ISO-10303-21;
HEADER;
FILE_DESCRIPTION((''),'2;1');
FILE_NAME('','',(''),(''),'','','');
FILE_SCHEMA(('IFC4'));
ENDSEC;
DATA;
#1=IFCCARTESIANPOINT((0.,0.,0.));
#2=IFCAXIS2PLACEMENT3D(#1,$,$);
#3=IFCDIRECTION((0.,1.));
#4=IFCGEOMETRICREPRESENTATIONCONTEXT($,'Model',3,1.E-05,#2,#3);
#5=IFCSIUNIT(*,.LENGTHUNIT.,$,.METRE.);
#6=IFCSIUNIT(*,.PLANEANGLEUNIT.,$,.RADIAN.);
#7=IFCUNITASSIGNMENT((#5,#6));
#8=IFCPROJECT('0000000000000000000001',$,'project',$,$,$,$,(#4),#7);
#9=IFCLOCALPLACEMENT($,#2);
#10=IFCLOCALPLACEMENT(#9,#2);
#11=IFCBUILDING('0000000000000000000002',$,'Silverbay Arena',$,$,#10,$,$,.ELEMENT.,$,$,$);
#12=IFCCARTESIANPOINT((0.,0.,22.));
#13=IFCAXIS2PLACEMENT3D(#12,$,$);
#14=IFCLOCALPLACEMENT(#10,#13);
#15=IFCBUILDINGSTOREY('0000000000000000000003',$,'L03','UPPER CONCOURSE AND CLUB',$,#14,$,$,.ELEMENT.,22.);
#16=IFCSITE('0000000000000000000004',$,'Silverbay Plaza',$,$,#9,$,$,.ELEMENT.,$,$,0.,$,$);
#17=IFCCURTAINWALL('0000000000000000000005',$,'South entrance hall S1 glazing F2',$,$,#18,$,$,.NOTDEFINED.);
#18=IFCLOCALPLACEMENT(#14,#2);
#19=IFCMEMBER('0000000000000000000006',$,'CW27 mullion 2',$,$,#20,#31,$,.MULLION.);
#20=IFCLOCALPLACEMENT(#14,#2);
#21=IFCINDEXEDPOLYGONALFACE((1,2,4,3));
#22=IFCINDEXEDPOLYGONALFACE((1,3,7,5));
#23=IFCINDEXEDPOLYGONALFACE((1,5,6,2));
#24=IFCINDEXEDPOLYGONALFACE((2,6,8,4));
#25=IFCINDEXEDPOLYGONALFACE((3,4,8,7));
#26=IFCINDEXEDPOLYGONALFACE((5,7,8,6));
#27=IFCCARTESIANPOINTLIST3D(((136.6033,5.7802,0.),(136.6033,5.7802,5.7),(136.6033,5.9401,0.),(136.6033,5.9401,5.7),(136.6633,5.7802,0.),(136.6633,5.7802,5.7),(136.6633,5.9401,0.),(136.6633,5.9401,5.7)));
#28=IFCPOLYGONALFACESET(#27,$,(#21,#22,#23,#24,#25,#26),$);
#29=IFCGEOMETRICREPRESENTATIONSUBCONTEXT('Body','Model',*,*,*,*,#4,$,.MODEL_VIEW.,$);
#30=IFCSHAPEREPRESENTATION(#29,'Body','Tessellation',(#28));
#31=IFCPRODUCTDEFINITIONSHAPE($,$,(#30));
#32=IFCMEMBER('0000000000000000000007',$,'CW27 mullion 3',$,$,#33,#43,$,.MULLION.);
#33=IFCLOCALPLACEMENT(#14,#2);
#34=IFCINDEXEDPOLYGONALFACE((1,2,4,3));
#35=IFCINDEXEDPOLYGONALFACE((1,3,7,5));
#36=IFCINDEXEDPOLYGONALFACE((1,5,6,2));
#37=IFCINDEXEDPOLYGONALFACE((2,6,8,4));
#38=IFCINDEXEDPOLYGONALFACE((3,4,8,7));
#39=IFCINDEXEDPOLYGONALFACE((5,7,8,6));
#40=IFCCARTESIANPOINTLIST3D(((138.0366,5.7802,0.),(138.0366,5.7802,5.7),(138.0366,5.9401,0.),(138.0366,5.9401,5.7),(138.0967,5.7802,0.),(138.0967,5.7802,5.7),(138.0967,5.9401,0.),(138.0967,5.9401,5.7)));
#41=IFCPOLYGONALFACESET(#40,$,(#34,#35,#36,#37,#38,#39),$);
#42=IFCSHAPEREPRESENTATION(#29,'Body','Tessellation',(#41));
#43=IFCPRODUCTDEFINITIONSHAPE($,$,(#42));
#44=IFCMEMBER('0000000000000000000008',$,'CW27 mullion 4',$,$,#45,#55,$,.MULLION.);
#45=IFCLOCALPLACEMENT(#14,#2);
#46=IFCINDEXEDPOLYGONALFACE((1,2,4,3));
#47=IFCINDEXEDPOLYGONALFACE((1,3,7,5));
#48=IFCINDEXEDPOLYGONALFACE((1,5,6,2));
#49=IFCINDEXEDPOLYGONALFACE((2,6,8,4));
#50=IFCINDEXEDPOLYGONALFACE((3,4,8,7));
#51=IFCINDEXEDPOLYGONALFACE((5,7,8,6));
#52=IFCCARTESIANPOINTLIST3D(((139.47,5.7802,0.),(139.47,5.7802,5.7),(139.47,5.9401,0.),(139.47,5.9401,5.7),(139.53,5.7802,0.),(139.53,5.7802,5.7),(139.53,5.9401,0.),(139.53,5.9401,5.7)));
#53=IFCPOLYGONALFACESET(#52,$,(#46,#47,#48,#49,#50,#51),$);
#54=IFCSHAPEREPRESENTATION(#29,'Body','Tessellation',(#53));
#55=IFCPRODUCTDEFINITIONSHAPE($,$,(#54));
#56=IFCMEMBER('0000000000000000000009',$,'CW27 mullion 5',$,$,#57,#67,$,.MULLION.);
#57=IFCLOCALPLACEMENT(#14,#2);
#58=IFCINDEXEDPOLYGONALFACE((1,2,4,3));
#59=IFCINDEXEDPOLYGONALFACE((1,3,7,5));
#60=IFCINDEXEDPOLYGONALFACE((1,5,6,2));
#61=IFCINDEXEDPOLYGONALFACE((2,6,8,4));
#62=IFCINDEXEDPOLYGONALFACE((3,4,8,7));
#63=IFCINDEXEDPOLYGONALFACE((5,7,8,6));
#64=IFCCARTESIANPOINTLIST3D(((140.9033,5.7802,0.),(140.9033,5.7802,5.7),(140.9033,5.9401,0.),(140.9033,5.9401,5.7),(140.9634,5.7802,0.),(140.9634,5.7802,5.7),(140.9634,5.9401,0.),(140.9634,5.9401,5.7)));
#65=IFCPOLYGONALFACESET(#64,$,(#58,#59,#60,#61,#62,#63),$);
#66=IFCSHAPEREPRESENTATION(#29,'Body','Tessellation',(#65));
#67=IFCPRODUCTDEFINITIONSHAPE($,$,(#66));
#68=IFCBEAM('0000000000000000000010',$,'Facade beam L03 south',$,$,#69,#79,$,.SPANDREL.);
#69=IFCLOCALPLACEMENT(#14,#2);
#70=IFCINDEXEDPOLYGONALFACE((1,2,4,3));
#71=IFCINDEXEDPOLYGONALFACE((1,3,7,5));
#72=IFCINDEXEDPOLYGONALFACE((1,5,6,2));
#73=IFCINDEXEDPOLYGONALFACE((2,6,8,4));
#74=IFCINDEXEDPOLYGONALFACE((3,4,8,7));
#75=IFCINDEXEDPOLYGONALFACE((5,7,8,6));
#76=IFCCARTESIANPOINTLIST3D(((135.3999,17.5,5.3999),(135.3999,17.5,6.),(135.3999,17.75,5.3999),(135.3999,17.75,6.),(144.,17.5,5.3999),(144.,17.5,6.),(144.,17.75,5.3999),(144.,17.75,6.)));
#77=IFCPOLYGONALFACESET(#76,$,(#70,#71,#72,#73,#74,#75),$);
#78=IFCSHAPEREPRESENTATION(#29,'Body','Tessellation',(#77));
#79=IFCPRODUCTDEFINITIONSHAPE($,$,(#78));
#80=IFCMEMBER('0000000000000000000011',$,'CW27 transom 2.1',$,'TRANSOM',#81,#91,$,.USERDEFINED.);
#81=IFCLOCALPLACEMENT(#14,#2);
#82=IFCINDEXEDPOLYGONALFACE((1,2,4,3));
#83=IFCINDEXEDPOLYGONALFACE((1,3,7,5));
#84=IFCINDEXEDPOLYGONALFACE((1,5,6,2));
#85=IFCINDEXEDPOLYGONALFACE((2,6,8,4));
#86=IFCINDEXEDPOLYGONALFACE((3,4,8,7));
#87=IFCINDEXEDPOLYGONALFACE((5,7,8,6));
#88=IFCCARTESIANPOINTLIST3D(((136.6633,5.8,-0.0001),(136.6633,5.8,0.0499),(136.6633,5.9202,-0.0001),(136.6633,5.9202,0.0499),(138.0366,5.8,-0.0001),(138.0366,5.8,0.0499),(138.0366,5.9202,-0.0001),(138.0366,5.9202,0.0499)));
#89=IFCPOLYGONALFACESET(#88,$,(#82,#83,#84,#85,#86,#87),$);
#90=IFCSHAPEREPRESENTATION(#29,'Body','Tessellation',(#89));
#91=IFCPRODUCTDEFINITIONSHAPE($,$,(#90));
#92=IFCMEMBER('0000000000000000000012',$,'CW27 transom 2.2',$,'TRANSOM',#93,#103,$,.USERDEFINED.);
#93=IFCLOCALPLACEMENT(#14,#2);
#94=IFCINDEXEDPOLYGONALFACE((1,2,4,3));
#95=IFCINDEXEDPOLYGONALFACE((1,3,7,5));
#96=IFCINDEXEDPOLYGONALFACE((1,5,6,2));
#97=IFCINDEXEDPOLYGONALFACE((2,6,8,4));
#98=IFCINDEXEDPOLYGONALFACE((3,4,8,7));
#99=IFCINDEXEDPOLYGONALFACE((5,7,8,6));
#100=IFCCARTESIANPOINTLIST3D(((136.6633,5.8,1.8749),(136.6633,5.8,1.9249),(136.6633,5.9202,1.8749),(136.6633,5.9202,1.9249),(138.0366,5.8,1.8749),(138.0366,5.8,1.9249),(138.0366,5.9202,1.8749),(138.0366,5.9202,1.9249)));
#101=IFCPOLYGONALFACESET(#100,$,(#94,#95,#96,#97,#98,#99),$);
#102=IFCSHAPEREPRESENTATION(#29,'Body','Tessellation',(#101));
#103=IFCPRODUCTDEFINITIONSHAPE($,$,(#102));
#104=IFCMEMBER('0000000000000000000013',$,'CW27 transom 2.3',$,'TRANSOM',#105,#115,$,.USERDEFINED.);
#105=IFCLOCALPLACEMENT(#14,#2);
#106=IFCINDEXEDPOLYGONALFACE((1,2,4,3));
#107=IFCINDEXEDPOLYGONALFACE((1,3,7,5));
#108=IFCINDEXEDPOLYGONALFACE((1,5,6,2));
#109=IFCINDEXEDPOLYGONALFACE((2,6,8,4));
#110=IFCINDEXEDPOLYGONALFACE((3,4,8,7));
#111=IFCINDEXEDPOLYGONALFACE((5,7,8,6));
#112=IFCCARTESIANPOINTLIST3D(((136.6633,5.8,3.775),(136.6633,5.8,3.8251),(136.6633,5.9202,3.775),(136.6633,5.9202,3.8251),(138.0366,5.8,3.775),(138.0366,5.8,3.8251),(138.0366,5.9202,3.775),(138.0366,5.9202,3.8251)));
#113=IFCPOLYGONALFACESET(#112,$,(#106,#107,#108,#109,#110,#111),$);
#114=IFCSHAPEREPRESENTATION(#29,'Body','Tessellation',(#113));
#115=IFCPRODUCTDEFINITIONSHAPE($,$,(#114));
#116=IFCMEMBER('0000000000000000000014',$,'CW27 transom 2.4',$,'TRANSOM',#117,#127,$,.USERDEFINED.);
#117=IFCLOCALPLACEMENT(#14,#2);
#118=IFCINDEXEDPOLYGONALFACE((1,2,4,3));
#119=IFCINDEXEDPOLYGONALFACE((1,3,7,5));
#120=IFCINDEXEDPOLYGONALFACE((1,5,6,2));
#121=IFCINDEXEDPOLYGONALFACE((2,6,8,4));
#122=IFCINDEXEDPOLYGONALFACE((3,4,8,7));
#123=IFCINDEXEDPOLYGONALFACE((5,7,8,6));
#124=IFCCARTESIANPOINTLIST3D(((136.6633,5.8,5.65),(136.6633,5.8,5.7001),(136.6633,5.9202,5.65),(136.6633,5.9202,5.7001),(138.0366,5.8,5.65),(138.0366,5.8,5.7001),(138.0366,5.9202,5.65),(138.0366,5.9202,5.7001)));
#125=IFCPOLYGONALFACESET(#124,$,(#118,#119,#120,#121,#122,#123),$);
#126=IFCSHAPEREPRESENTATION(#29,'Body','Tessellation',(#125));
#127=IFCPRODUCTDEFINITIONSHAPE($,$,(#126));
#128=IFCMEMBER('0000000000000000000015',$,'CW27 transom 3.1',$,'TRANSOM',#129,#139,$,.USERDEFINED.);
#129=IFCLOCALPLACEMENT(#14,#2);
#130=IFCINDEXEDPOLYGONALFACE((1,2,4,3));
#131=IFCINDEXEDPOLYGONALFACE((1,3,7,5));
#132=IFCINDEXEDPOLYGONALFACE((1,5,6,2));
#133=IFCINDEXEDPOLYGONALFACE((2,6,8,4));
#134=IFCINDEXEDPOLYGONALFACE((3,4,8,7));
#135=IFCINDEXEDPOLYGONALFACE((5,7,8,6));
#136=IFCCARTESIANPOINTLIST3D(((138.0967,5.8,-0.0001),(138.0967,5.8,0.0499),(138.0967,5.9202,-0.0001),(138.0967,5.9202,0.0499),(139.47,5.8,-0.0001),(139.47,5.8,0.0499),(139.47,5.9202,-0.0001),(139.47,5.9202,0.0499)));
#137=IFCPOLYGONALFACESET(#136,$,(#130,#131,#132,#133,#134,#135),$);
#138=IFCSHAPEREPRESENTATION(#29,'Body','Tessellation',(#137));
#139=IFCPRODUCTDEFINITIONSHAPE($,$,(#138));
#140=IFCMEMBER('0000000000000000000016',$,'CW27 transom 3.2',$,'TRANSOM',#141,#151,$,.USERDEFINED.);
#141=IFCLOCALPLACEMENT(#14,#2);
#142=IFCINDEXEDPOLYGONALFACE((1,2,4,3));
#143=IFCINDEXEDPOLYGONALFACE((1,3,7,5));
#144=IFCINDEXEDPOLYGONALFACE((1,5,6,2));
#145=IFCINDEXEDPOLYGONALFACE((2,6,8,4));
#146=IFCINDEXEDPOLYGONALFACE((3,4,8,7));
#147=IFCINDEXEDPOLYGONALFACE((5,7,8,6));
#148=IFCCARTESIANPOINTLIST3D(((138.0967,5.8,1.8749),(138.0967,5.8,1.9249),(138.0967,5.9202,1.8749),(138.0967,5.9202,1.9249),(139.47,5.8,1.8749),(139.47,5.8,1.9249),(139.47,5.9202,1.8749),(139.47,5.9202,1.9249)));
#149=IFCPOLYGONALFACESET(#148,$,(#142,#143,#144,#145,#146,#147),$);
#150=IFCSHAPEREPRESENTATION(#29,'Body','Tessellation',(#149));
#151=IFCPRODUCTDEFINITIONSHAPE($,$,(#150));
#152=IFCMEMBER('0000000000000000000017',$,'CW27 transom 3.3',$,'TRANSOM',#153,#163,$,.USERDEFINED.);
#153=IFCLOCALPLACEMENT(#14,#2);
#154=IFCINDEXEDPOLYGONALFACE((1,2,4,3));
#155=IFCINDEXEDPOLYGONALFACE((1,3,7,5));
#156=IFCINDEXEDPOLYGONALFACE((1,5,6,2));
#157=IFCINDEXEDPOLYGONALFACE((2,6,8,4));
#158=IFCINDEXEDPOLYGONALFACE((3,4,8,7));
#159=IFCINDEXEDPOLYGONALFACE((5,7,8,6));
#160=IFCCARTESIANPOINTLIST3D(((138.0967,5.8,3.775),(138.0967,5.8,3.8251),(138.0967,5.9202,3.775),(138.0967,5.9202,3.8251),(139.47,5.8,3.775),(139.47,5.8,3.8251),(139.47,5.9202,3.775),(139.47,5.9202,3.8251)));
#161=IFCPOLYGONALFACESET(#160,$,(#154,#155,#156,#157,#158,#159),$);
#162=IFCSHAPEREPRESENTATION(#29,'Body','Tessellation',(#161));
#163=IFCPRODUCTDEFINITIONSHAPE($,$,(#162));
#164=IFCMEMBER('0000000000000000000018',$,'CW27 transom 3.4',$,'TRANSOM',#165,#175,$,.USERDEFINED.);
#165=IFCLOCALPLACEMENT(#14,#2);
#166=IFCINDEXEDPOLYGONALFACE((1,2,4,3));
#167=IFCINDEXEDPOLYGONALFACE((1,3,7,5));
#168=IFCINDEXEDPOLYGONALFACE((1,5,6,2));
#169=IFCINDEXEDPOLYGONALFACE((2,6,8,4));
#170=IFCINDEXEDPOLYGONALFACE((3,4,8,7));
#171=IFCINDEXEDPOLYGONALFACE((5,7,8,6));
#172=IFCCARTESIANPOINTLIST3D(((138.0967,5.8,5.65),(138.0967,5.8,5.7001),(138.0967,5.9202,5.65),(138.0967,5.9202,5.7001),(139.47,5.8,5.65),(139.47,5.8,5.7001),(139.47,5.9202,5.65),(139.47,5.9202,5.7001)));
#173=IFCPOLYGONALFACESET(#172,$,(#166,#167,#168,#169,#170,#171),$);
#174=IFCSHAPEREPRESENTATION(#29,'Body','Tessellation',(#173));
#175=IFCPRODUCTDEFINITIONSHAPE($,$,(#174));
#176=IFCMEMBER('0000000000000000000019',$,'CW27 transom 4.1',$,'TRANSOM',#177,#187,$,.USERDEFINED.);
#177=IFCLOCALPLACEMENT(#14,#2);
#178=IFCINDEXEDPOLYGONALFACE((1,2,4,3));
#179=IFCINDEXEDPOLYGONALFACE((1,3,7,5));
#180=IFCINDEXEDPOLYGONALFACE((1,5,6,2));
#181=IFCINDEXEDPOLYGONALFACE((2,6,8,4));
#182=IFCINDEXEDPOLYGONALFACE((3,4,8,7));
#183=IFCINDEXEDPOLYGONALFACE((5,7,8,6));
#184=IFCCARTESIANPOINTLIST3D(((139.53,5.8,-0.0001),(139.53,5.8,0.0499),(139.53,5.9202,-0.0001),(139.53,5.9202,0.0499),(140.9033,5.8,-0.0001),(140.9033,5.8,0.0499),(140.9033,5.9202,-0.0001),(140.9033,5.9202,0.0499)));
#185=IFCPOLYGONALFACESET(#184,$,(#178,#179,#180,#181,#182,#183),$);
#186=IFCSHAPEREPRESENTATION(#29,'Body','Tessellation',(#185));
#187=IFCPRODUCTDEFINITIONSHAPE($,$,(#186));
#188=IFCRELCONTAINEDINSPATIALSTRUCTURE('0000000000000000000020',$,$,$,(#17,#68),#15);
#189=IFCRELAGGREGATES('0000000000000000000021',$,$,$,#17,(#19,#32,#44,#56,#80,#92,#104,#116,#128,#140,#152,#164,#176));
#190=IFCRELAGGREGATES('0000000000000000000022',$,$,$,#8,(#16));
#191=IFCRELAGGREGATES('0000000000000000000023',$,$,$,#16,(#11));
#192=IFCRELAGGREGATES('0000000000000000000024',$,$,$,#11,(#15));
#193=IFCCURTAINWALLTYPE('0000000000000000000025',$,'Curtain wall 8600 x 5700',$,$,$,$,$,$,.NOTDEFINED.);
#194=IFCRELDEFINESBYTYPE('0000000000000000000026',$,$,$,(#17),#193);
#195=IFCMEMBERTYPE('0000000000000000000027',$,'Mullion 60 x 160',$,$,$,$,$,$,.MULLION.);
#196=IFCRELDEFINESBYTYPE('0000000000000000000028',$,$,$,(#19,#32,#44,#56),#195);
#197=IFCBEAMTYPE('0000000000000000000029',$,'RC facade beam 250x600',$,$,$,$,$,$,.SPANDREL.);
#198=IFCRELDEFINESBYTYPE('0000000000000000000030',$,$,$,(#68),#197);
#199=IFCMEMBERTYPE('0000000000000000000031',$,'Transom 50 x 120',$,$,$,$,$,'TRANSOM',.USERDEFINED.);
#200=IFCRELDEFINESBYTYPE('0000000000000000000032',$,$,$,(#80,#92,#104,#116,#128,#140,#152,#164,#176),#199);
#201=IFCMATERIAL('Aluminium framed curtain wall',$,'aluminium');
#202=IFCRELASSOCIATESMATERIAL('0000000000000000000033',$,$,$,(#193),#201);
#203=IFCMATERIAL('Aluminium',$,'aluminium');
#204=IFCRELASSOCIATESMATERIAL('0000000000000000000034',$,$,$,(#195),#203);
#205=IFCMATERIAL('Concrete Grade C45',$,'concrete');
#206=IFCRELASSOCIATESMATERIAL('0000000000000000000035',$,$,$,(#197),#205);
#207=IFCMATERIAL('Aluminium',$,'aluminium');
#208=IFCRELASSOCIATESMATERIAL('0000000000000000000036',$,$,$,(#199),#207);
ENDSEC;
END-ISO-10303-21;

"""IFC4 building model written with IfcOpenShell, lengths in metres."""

from ifc_helpers import new_model, si_unit, direction, frame, origin, origin_2d, place, context, subcontext, project, spatial, rectangle, extrude, material, material_profile, profile_set, type_object, element, aggregate, save


model = new_model("IFC4")

# Units and contexts
model_context = context("Model", 3, precision=1e-05, world=origin(), true_north=direction((0.0, 1.0)))
body_context = subcontext(model_context, "Body", "Model", "MODEL_VIEW")
ifc_project = project(units=[si_unit("LENGTHUNIT", "METRE"), si_unit("PLANEANGLEUNIT", "RADIAN")], contexts=[model_context])

# Site, building, storey
site_placement = place(None, origin())
site = spatial("IfcSite", under=ifc_project, at=site_placement, Name="Silverbay Plaza", CompositionType="ELEMENT", RefElevation=0.0)
building_placement = place(site_placement, origin())
building = spatial("IfcBuilding", under=site, at=building_placement, Name="Silverbay Arena", CompositionType="ELEMENT")
storey_placement = place(building_placement, frame((0.0, 0.0, 22.0)))
storey = spatial("IfcBuildingStorey", under=building, at=storey_placement, Name="L03", Description="UPPER CONCOURSE AND CLUB", CompositionType="ELEMENT", Elevation=22.0)

# Curtain wall, members
ifc_material_1 = material(Name="Aluminium framed curtain wall", Category="aluminium")
curtain_wall_type = type_object("IfcCurtainWallType", Name="Curtain wall 8600 x 5700", PredefinedType="NOTDEFINED", material=ifc_material_1)
curtain_wall_placement = place(storey_placement, origin())
curtain_wall = element("IfcCurtainWall", 1, at=curtain_wall_placement, inside=storey, type_object=curtain_wall_type, Name="South entrance hall S1 glazing F2", PredefinedType="NOTDEFINED")
ifc_material_2 = material(Name="Aluminium", Category="aluminium")
ifc_material_profile_1 = material_profile(ifc_material_2, rectangle(XDim=0.1599, YDim=0.0601, at=origin_2d()), Name="Mullion 60 x 160")
ifc_profile_set_1 = profile_set([ifc_material_profile_1], Name="Aluminium")
member_type_1 = type_object("IfcMemberType", Name="Mullion 60 x 160", PredefinedType="MULLION", material=ifc_profile_set_1)
member_1_placement = place(storey_placement, frame((136.6333, 5.8601, 0.0), z_axis=(0.0, 0.0, 1.0), x_axis=(0.0, 1.0, 0.0)))
member_1 = element("IfcMember", 2, at=member_1_placement, type_object=member_type_1, Name="CW27 mullion 2", PredefinedType="MULLION", context=body_context, shape_type="SweptSolid", body=[
    extrude(rectangle(XDim=0.1599, YDim=0.0601, at=origin_2d()), origin(), (0.0, 0.0, 1.0), 5.7),
])
member_2_placement = place(storey_placement, frame((138.0667, 5.8601, 0.0), z_axis=(0.0, 0.0, 1.0), x_axis=(0.0, 1.0, 0.0)))
member_2 = element("IfcMember", 3, at=member_2_placement, type_object=member_type_1, Name="CW27 mullion 3", PredefinedType="MULLION", context=body_context, shape_type="SweptSolid", body=[
    extrude(rectangle(XDim=0.1599, YDim=0.0601, at=origin_2d()), origin(), (0.0, 0.0, 1.0), 5.7),
])
member_3_placement = place(storey_placement, frame((139.5, 5.8601, 0.0), z_axis=(0.0, 0.0, 1.0), x_axis=(0.0, 1.0, 0.0)))
member_3 = element("IfcMember", 4, at=member_3_placement, type_object=member_type_1, Name="CW27 mullion 4", PredefinedType="MULLION", context=body_context, shape_type="SweptSolid", body=[
    extrude(rectangle(XDim=0.1599, YDim=0.0601, at=origin_2d()), origin(), (0.0, 0.0, 1.0), 5.7),
])
member_4_placement = place(storey_placement, frame((140.9333, 5.8601, 0.0), z_axis=(0.0, 0.0, 1.0), x_axis=(0.0, 1.0, 0.0)))
member_4 = element("IfcMember", 5, at=member_4_placement, type_object=member_type_1, Name="CW27 mullion 5", PredefinedType="MULLION", context=body_context, shape_type="SweptSolid", body=[
    extrude(rectangle(XDim=0.1599, YDim=0.0601, at=origin_2d()), origin(), (0.0, 0.0, 1.0), 5.7),
])

# Beam
ifc_material_3 = material(Name="Concrete Grade C45", Category="concrete")
ifc_material_profile_2 = material_profile(ifc_material_3, rectangle(XDim=0.25, YDim=0.6001, at=origin_2d()), Name="RC 250x600")
ifc_profile_set_2 = profile_set([ifc_material_profile_2], Name="Concrete Grade C45")
beam_type = type_object("IfcBeamType", Name="RC facade beam 250x600", PredefinedType="SPANDREL", material=ifc_profile_set_2)
beam_placement = place(storey_placement, frame((135.3999, 17.625, 5.7), z_axis=(1.0, 0.0, 0.0), x_axis=(0.0, 1.0, 0.0)))
element("IfcBeam", 6, at=beam_placement, inside=storey, type_object=beam_type, Name="Facade beam L03 south", PredefinedType="SPANDREL", context=body_context, shape_type="SweptSolid", body=[
    extrude(rectangle(XDim=0.25, YDim=0.6001, at=origin_2d()), origin(), (0.0, 0.0, 1.0), 8.6001),
])

# Members
ifc_material_4 = material(Name="Aluminium", Category="aluminium")
ifc_material_profile_3 = material_profile(ifc_material_4, rectangle(XDim=0.1201, YDim=0.05, at=origin_2d()), Name="Transom 50 x 120")
ifc_profile_set_3 = profile_set([ifc_material_profile_3], Name="Aluminium")
member_type_2 = type_object("IfcMemberType", Name="Transom 50 x 120", ElementType="TRANSOM", PredefinedType="USERDEFINED", material=ifc_profile_set_3)
member_5_placement = place(storey_placement, frame((136.6633, 5.8601, 0.0249), z_axis=(1.0, 0.0, 0.0), x_axis=(0.0, 1.0, 0.0)))
member_5 = element("IfcMember", 7, at=member_5_placement, type_object=member_type_2, Name="CW27 transom 2.1", ObjectType="TRANSOM", PredefinedType="USERDEFINED", context=body_context, shape_type="SweptSolid", body=[
    extrude(rectangle(XDim=0.1201, YDim=0.05, at=origin_2d()), origin(), (0.0, 0.0, 1.0), 1.3733),
])
member_6_placement = place(storey_placement, frame((136.6633, 5.8601, 1.8999), z_axis=(1.0, 0.0, 0.0), x_axis=(0.0, 1.0, 0.0)))
member_6 = element("IfcMember", 8, at=member_6_placement, type_object=member_type_2, Name="CW27 transom 2.2", ObjectType="TRANSOM", PredefinedType="USERDEFINED", context=body_context, shape_type="SweptSolid", body=[
    extrude(rectangle(XDim=0.1201, YDim=0.05, at=origin_2d()), origin(), (0.0, 0.0, 1.0), 1.3733),
])
member_7_placement = place(storey_placement, frame((136.6633, 5.8601, 3.8), z_axis=(1.0, 0.0, 0.0), x_axis=(0.0, 1.0, 0.0)))
member_7 = element("IfcMember", 9, at=member_7_placement, type_object=member_type_2, Name="CW27 transom 2.3", ObjectType="TRANSOM", PredefinedType="USERDEFINED", context=body_context, shape_type="SweptSolid", body=[
    extrude(rectangle(XDim=0.1201, YDim=0.05, at=origin_2d()), origin(), (0.0, 0.0, 1.0), 1.3733),
])
member_8_placement = place(storey_placement, frame((136.6633, 5.8601, 5.675), z_axis=(1.0, 0.0, 0.0), x_axis=(0.0, 1.0, 0.0)))
member_8 = element("IfcMember", 10, at=member_8_placement, type_object=member_type_2, Name="CW27 transom 2.4", ObjectType="TRANSOM", PredefinedType="USERDEFINED", context=body_context, shape_type="SweptSolid", body=[
    extrude(rectangle(XDim=0.1201, YDim=0.05, at=origin_2d()), origin(), (0.0, 0.0, 1.0), 1.3733),
])
member_9_placement = place(storey_placement, frame((138.0967, 5.8601, 0.0249), z_axis=(1.0, 0.0, 0.0), x_axis=(0.0, 1.0, 0.0)))
member_9 = element("IfcMember", 11, at=member_9_placement, type_object=member_type_2, Name="CW27 transom 3.1", ObjectType="TRANSOM", PredefinedType="USERDEFINED", context=body_context, shape_type="SweptSolid", body=[
    extrude(rectangle(XDim=0.1201, YDim=0.05, at=origin_2d()), origin(), (0.0, 0.0, 1.0), 1.3733),
])
member_10_placement = place(storey_placement, frame((138.0967, 5.8601, 1.8999), z_axis=(1.0, 0.0, 0.0), x_axis=(0.0, 1.0, 0.0)))
member_10 = element("IfcMember", 12, at=member_10_placement, type_object=member_type_2, Name="CW27 transom 3.2", ObjectType="TRANSOM", PredefinedType="USERDEFINED", context=body_context, shape_type="SweptSolid", body=[
    extrude(rectangle(XDim=0.1201, YDim=0.05, at=origin_2d()), origin(), (0.0, 0.0, 1.0), 1.3733),
])
member_11_placement = place(storey_placement, frame((138.0967, 5.8601, 3.8), z_axis=(1.0, 0.0, 0.0), x_axis=(0.0, 1.0, 0.0)))
member_11 = element("IfcMember", 13, at=member_11_placement, type_object=member_type_2, Name="CW27 transom 3.3", ObjectType="TRANSOM", PredefinedType="USERDEFINED", context=body_context, shape_type="SweptSolid", body=[
    extrude(rectangle(XDim=0.1201, YDim=0.05, at=origin_2d()), origin(), (0.0, 0.0, 1.0), 1.3733),
])
member_12_placement = place(storey_placement, frame((138.0967, 5.8601, 5.675), z_axis=(1.0, 0.0, 0.0), x_axis=(0.0, 1.0, 0.0)))
member_12 = element("IfcMember", 14, at=member_12_placement, type_object=member_type_2, Name="CW27 transom 3.4", ObjectType="TRANSOM", PredefinedType="USERDEFINED", context=body_context, shape_type="SweptSolid", body=[
    extrude(rectangle(XDim=0.1201, YDim=0.05, at=origin_2d()), origin(), (0.0, 0.0, 1.0), 1.3733),
])
member_13_placement = place(storey_placement, frame((139.53, 5.8601, 0.0249), z_axis=(1.0, 0.0, 0.0), x_axis=(0.0, 1.0, 0.0)))
member_13 = element("IfcMember", 15, at=member_13_placement, type_object=member_type_2, Name="CW27 transom 4.1", ObjectType="TRANSOM", PredefinedType="USERDEFINED", context=body_context, shape_type="SweptSolid", body=[
    extrude(rectangle(XDim=0.1201, YDim=0.05, at=origin_2d()), origin(), (0.0, 0.0, 1.0), 1.3733),
])

aggregate(curtain_wall, [member_1, member_2, member_3, member_4, member_5, member_6, member_7, member_8, member_9, member_10, member_11, member_12, member_13])

save(model, "model.ifc")
